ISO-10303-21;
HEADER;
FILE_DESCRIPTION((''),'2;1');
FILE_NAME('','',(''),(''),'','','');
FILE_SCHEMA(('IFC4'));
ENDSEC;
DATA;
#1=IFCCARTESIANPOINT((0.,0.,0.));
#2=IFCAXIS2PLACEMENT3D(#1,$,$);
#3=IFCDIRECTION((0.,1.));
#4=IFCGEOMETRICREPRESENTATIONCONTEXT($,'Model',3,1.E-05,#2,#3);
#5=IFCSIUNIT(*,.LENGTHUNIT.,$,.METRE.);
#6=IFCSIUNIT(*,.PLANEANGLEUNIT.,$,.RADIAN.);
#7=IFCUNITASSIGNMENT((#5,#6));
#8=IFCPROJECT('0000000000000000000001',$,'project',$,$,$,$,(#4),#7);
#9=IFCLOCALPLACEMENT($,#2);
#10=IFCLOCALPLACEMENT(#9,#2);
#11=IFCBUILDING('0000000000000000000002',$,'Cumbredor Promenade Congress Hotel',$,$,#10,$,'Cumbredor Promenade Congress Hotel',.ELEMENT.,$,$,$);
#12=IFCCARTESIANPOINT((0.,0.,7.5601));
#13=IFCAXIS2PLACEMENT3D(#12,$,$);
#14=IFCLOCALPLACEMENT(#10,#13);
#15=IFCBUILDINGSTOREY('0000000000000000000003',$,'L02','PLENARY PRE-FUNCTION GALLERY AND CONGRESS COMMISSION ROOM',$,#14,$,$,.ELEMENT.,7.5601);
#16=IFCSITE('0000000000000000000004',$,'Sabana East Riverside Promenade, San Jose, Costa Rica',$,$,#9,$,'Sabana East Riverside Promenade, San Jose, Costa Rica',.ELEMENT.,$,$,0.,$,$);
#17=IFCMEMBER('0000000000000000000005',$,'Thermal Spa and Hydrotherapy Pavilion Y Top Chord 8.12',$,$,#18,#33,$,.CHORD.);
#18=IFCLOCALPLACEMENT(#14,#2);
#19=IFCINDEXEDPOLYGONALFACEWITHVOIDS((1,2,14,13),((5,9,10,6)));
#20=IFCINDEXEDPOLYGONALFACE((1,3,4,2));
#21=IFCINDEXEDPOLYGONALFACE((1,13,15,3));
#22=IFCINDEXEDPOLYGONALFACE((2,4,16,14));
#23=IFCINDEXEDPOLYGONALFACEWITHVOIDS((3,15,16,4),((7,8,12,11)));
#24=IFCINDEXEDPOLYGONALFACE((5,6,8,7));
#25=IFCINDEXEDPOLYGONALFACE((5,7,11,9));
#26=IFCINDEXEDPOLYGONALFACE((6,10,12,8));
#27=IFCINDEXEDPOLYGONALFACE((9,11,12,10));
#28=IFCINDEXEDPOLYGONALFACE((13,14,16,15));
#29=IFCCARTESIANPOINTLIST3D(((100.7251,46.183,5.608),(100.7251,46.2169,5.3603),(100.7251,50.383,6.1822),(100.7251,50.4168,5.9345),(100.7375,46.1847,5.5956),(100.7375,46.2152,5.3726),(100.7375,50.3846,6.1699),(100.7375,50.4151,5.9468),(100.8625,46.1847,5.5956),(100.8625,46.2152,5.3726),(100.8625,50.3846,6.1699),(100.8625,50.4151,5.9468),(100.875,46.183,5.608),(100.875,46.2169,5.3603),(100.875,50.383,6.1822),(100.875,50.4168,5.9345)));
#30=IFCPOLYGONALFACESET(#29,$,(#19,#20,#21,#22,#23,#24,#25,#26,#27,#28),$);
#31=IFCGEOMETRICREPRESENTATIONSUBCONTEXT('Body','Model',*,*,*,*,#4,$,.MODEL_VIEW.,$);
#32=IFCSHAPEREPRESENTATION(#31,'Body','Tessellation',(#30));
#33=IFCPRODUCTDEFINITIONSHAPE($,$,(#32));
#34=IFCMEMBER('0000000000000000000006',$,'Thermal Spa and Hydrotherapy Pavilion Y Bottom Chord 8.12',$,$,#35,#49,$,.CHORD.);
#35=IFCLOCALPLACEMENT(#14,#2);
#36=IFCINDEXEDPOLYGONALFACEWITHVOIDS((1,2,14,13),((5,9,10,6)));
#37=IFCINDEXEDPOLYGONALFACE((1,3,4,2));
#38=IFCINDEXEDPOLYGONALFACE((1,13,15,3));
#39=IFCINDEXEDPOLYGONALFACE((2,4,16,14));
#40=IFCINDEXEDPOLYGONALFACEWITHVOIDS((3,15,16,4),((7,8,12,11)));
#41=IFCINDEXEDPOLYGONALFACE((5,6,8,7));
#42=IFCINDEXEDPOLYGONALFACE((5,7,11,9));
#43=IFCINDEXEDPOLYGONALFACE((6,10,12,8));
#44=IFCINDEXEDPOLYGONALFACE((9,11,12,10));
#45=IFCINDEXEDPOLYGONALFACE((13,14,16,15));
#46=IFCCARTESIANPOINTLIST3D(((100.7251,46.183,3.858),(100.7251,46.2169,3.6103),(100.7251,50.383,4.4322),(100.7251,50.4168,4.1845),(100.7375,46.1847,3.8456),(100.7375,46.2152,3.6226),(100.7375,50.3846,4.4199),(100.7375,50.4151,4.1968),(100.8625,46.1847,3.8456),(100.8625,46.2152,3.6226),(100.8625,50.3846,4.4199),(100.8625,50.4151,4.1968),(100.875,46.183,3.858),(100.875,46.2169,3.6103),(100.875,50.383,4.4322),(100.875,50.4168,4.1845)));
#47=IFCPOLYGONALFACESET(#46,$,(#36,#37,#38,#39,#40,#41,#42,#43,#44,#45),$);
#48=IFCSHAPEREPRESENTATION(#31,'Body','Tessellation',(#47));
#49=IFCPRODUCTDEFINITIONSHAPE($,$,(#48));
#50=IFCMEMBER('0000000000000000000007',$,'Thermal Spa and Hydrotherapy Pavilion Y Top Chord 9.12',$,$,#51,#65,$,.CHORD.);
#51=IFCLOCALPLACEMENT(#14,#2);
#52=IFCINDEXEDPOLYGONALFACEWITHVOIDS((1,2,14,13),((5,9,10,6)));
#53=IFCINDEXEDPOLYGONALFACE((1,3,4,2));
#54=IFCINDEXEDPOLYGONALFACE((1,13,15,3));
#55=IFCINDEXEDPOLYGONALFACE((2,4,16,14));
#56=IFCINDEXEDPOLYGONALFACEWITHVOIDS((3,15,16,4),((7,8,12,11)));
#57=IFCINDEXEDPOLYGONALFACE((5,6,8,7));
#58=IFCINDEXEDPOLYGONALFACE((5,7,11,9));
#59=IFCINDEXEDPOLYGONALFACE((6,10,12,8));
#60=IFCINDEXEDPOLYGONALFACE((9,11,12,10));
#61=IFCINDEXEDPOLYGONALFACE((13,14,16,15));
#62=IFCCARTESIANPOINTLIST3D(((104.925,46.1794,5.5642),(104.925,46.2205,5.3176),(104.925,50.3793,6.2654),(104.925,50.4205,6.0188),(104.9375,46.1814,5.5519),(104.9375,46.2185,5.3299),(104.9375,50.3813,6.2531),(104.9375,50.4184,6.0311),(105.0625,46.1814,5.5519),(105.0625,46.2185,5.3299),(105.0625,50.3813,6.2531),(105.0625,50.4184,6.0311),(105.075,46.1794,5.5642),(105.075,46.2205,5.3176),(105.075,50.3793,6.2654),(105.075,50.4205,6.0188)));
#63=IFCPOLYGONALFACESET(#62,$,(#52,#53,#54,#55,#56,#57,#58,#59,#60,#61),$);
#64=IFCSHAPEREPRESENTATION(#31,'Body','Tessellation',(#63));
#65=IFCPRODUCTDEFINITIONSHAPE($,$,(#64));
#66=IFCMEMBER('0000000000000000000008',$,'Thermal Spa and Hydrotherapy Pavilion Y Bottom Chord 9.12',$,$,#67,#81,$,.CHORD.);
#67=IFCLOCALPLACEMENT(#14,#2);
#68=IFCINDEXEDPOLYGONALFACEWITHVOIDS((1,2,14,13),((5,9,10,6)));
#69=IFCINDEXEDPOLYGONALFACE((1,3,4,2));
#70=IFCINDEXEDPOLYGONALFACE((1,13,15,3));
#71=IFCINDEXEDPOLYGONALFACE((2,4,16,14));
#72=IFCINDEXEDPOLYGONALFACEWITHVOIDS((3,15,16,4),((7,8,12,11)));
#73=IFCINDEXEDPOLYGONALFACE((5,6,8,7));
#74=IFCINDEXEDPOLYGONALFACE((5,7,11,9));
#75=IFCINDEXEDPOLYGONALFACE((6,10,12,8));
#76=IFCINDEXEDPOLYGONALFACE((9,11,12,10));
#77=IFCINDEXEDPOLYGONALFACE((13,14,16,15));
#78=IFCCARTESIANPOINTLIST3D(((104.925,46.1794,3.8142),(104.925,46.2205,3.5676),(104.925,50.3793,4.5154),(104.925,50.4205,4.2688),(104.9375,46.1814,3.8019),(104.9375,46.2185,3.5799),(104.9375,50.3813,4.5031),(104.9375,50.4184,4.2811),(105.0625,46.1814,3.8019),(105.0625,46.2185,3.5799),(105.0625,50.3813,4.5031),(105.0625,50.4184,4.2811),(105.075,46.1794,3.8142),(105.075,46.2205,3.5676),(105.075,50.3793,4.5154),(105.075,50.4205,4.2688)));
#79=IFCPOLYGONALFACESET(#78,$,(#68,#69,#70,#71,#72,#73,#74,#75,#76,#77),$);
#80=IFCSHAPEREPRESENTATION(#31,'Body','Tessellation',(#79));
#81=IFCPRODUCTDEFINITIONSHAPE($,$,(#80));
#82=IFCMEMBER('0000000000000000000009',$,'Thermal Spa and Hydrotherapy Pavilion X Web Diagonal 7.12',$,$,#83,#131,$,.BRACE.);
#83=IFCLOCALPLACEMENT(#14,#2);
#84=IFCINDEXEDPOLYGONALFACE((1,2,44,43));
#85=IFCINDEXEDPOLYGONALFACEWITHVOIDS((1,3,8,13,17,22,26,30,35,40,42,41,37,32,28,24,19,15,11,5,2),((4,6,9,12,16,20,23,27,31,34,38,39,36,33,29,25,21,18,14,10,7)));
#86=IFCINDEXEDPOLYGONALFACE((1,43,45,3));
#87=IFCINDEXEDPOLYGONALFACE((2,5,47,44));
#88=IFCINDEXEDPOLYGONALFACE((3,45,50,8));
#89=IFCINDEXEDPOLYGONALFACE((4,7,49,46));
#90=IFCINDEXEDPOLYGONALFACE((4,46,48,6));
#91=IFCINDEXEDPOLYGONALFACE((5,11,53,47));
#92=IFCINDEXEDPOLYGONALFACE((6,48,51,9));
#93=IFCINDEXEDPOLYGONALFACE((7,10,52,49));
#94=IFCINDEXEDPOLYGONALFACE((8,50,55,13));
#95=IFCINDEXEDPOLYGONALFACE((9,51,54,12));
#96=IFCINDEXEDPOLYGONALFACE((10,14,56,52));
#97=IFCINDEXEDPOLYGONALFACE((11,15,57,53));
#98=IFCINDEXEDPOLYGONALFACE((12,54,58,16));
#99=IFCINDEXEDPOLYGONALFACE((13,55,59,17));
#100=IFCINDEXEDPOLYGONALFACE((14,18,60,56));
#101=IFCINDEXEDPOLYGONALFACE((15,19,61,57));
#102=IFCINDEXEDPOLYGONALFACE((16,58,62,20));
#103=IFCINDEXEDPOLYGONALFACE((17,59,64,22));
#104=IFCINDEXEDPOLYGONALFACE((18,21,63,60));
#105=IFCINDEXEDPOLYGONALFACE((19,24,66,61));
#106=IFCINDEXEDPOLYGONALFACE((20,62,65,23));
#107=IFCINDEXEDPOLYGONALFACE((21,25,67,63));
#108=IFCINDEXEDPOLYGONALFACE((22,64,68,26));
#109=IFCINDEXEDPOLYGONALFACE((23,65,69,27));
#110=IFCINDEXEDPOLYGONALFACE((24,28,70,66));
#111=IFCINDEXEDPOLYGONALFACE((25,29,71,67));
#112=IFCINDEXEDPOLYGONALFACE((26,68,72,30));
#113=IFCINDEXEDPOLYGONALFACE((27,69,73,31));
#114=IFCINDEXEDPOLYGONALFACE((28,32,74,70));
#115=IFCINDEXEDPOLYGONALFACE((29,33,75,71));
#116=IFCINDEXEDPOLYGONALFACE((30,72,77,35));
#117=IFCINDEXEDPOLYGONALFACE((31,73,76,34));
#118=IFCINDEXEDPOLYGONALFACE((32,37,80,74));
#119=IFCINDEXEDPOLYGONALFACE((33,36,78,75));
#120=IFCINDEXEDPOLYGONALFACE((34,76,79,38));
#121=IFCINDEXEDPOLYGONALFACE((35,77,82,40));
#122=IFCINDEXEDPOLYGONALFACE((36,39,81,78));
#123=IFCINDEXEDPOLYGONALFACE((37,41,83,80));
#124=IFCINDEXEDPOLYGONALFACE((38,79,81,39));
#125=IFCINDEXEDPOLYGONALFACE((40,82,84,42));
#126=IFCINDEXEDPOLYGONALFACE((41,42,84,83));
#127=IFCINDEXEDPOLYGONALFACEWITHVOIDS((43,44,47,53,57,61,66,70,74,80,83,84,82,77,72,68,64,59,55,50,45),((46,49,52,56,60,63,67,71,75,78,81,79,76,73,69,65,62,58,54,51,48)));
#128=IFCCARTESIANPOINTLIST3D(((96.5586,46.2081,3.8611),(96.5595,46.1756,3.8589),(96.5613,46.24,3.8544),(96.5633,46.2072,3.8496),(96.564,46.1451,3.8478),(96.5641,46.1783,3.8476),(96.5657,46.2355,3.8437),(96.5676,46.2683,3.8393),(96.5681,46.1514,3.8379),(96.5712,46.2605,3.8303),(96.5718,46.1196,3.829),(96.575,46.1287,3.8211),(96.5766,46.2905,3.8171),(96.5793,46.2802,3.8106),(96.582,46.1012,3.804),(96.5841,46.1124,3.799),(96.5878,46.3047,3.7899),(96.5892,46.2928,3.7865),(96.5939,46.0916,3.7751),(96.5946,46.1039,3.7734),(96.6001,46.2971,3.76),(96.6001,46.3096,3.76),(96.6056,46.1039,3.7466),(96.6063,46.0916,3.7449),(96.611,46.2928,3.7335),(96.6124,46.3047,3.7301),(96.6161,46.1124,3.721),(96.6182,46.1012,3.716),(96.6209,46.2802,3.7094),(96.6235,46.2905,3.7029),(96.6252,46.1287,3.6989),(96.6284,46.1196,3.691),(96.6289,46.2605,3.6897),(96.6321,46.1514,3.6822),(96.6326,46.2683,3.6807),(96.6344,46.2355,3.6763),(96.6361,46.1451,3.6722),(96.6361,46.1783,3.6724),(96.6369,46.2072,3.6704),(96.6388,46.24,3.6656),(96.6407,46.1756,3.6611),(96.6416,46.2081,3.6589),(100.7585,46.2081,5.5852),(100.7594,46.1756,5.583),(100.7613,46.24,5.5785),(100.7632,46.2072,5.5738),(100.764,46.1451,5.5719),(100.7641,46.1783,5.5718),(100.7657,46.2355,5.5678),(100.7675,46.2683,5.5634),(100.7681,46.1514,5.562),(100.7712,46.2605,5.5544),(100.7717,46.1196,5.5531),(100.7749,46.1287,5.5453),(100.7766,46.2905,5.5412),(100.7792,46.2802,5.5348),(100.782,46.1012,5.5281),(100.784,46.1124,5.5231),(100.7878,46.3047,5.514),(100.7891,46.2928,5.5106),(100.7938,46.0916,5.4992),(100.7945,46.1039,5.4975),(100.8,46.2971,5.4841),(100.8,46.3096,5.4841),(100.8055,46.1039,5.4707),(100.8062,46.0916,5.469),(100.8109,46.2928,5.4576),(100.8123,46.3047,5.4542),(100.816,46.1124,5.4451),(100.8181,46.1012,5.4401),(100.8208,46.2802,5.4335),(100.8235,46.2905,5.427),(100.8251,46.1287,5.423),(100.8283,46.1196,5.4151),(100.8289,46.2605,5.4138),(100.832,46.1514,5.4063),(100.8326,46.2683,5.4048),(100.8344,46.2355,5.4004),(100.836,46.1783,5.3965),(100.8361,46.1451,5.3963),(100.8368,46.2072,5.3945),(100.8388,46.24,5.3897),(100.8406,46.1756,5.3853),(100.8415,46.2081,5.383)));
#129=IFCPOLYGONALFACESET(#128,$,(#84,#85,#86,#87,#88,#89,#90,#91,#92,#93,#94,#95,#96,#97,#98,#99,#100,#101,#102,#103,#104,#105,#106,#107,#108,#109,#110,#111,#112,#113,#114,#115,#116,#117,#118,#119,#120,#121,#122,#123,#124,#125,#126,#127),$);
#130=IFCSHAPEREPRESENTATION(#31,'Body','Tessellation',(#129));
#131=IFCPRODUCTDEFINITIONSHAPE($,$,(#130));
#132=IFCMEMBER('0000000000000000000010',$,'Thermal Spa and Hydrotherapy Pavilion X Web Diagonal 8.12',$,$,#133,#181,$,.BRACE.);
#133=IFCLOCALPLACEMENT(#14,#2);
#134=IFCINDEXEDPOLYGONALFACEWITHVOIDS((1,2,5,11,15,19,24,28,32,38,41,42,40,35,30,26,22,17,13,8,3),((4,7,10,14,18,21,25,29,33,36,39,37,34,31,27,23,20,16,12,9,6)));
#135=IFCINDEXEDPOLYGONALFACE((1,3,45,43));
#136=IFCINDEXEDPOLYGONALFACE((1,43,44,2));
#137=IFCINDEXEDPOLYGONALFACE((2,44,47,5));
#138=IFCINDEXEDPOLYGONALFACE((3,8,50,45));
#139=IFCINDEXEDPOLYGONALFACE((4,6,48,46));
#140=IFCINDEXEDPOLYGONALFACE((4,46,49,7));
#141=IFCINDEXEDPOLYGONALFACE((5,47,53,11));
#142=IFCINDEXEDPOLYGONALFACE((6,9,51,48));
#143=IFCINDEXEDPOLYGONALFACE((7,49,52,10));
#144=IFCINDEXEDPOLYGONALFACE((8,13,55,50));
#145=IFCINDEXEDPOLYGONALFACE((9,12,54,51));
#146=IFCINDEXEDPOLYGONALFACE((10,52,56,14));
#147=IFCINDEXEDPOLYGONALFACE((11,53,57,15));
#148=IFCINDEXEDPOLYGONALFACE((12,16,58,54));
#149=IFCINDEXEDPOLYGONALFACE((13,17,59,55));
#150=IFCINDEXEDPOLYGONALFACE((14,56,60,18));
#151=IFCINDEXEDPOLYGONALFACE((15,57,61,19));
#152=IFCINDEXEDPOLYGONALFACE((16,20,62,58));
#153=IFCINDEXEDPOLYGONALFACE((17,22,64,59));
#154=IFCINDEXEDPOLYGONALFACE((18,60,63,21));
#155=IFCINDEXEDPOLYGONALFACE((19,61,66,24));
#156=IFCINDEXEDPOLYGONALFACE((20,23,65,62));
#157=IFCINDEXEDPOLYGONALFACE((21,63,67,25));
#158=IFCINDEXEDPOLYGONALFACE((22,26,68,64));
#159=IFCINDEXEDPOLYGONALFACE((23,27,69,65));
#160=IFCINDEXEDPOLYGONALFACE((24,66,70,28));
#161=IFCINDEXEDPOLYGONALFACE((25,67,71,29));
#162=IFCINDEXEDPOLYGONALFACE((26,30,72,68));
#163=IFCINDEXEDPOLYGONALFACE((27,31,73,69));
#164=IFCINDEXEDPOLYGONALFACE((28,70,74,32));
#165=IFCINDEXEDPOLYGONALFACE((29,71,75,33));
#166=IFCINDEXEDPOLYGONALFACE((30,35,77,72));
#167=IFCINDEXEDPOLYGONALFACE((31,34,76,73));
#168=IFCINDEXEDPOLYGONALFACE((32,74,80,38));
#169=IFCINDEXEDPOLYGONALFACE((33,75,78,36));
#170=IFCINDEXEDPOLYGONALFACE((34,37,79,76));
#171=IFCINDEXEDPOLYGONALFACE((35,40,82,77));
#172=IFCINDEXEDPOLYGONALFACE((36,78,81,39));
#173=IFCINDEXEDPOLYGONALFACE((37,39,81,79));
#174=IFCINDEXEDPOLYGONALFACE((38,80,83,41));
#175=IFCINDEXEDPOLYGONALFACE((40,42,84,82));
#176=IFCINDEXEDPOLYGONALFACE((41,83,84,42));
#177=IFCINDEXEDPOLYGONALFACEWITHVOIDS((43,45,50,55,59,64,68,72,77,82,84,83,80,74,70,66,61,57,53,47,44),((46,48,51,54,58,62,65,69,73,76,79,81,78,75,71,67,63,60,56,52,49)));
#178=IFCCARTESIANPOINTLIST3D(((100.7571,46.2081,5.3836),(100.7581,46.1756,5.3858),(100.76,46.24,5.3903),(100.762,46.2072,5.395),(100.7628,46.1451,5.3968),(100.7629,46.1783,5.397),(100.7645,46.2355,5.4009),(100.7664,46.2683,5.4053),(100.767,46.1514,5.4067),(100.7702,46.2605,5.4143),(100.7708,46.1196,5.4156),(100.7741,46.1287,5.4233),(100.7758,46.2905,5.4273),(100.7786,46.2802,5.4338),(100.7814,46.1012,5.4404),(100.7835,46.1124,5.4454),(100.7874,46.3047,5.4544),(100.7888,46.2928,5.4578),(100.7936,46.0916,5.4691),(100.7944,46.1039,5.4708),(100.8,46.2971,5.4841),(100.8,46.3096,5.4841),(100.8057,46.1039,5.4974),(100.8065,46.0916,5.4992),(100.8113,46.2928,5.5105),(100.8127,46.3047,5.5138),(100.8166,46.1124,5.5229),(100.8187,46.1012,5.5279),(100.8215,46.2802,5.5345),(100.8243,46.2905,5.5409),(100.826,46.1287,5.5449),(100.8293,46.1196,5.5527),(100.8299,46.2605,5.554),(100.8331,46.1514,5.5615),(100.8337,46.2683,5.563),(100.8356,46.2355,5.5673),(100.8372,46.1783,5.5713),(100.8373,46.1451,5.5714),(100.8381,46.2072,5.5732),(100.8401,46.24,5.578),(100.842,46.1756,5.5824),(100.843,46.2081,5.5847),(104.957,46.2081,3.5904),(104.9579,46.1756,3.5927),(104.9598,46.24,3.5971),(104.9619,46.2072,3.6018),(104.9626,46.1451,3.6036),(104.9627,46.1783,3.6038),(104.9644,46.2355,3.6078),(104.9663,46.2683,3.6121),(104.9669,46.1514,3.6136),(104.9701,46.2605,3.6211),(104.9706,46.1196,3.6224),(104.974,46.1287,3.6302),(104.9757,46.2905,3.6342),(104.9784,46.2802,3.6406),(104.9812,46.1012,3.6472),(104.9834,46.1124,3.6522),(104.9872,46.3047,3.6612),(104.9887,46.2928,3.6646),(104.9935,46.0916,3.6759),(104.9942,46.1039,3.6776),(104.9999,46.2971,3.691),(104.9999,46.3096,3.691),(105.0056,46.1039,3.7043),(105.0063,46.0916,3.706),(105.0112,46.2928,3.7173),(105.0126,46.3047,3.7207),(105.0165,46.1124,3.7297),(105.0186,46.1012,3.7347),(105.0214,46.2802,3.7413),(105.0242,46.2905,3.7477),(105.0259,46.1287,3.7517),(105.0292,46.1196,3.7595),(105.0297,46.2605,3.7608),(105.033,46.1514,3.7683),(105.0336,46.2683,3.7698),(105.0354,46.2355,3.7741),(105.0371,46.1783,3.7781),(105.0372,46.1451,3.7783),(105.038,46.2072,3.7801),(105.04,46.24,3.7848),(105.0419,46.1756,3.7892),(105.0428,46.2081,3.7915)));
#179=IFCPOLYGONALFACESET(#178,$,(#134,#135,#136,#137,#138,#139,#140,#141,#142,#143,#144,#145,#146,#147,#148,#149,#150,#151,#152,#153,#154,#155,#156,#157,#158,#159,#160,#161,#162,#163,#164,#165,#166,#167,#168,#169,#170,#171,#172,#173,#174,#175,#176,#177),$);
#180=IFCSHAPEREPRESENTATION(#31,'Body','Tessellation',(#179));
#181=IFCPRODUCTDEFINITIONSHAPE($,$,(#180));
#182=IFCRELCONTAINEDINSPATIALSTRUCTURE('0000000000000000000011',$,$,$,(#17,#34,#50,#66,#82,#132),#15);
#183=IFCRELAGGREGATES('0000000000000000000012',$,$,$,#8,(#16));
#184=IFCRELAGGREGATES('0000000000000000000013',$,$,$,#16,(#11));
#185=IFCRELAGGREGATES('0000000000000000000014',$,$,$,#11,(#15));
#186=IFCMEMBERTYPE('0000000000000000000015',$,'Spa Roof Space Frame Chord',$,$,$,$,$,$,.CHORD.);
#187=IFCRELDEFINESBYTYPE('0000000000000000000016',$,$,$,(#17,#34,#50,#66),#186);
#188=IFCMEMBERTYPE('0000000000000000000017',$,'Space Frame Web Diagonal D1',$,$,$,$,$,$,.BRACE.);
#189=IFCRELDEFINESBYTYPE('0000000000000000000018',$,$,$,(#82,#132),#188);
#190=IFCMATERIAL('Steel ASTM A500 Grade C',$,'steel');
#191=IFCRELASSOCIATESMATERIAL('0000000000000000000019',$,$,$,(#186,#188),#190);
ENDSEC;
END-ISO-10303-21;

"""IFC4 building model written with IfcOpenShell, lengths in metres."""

from ifc_helpers import new_model, si_unit, direction, frame, origin, origin_2d, place, context, subcontext, project, spatial, hollow_rectangle, hollow_circle, extrude, material, material_profile, profile_set, type_object, element, save


model = new_model("IFC4")

# Units and contexts
model_context = context("Model", 3, precision=1e-05, world=origin(), true_north=direction((0.0, 1.0)))
body_context = subcontext(model_context, "Body", "Model", "MODEL_VIEW")
ifc_project = project(units=[si_unit("LENGTHUNIT", "METRE"), si_unit("PLANEANGLEUNIT", "RADIAN")], contexts=[model_context])

# Site, building, storey
site_placement = place(None, origin())
site = spatial("IfcSite", under=ifc_project, at=site_placement, Name="Sabana East Riverside Promenade, San Jose, Costa Rica", LongName="Sabana East Riverside Promenade, San Jose, Costa Rica", CompositionType="ELEMENT", RefElevation=0.0)
building_placement = place(site_placement, origin())
building = spatial("IfcBuilding", under=site, at=building_placement, Name="Cumbredor Promenade Congress Hotel", LongName="Cumbredor Promenade Congress Hotel", CompositionType="ELEMENT")
storey_placement = place(building_placement, frame((0.0, 0.0, 7.5601)))
storey = spatial("IfcBuildingStorey", under=building, at=storey_placement, Name="L02", Description="PLENARY PRE-FUNCTION GALLERY AND CONGRESS COMMISSION ROOM", CompositionType="ELEMENT", Elevation=7.5601)

# Members
ifc_material_1 = material(Name="Steel ASTM A500 Grade C", Category="steel")
ifc_material_profile_1 = material_profile(ifc_material_1, hollow_rectangle(XDim=0.1499, YDim=0.25, WallThickness=0.0125, at=origin_2d()), Name="HSS 250x150x12.5")
ifc_profile_set_1 = profile_set([ifc_material_profile_1], Name="Steel ASTM A500 Grade C")
member_type_1 = type_object("IfcMemberType", Name="Spa Roof Space Frame Chord", PredefinedType="CHORD", material=ifc_profile_set_1)
for number, where, z_axis, x_axis, name in (
    (1, (100.8, 46.2, 5.4841), (0.0, 0.990783, 0.13546), (-1.0, 0.0, 0.0), "Thermal Spa and Hydrotherapy Pavilion Y Top Chord 8.12"),
    (2, (100.8, 46.2, 3.7341), (0.0, 0.990783, 0.13546), (-1.0, 0.0, 0.0), "Thermal Spa and Hydrotherapy Pavilion Y Bottom Chord 8.12"),
):
    element("IfcMember", number, at=place(storey_placement, frame(where, z_axis=z_axis, x_axis=x_axis)), inside=storey, type_object=member_type_1, Name=name, PredefinedType="CHORD", context=body_context, shape_type="SweptSolid", body=[
        extrude(hollow_rectangle(XDim=0.1499, YDim=0.25, WallThickness=0.0125, at=origin_2d()), origin(), (0.0, 0.0, 1.0), 4.239),
    ])
for number, where, z_axis, x_axis, name in (
    (3, (105.0, 46.2, 5.4409), (0.0, 0.986349, 0.164669), (-1.0, 0.0, 0.0), "Thermal Spa and Hydrotherapy Pavilion Y Top Chord 9.12"),
    (4, (105.0, 46.2, 3.6909), (0.0, 0.986349, 0.164669), (-1.0, 0.0, 0.0), "Thermal Spa and Hydrotherapy Pavilion Y Bottom Chord 9.12"),
):
    element("IfcMember", number, at=place(storey_placement, frame(where, z_axis=z_axis, x_axis=x_axis)), inside=storey, type_object=member_type_1, Name=name, PredefinedType="CHORD", context=body_context, shape_type="SweptSolid", body=[
        extrude(hollow_rectangle(XDim=0.1499, YDim=0.25, WallThickness=0.0125, at=origin_2d()), origin(), (0.0, 0.0, 1.0), 4.2581),
    ])
ifc_material_profile_2 = material_profile(ifc_material_1, hollow_circle(Radius=0.1096, WallThickness=0.0125, at=origin_2d()), Name="CHS 219.1x12.5")
ifc_profile_set_2 = profile_set([ifc_material_profile_2], Name="Steel ASTM A500 Grade C")
member_type_2 = type_object("IfcMemberType", Name="Space Frame Web Diagonal D1", PredefinedType="BRACE", material=ifc_profile_set_2)
member_1_placement = place(storey_placement, frame((96.6001, 46.2, 3.76), z_axis=(0.925086, 0.0, 0.379757), x_axis=(0.0, 1.0, 0.0)))
element("IfcMember", 5, at=member_1_placement, inside=storey, type_object=member_type_2, Name="Thermal Spa and Hydrotherapy Pavilion X Web Diagonal 7.12", PredefinedType="BRACE", context=body_context, shape_type="SweptSolid", body=[
    extrude(hollow_circle(Radius=0.1096, WallThickness=0.0125, at=origin_2d()), origin(), (0.0, 0.0, 1.0), 4.54),
])
member_2_placement = place(storey_placement, frame((100.8, 46.2, 5.4841), z_axis=(0.919681, 0.0, -0.392667), x_axis=(0.0, 1.0, 0.0)))
element("IfcMember", 6, at=member_2_placement, inside=storey, type_object=member_type_2, Name="Thermal Spa and Hydrotherapy Pavilion X Web Diagonal 8.12", PredefinedType="BRACE", context=body_context, shape_type="SweptSolid", body=[
    extrude(hollow_circle(Radius=0.1096, WallThickness=0.0125, at=origin_2d()), origin(), (0.0, 0.0, 1.0), 4.5667),
])

save(model, "model.ifc")
